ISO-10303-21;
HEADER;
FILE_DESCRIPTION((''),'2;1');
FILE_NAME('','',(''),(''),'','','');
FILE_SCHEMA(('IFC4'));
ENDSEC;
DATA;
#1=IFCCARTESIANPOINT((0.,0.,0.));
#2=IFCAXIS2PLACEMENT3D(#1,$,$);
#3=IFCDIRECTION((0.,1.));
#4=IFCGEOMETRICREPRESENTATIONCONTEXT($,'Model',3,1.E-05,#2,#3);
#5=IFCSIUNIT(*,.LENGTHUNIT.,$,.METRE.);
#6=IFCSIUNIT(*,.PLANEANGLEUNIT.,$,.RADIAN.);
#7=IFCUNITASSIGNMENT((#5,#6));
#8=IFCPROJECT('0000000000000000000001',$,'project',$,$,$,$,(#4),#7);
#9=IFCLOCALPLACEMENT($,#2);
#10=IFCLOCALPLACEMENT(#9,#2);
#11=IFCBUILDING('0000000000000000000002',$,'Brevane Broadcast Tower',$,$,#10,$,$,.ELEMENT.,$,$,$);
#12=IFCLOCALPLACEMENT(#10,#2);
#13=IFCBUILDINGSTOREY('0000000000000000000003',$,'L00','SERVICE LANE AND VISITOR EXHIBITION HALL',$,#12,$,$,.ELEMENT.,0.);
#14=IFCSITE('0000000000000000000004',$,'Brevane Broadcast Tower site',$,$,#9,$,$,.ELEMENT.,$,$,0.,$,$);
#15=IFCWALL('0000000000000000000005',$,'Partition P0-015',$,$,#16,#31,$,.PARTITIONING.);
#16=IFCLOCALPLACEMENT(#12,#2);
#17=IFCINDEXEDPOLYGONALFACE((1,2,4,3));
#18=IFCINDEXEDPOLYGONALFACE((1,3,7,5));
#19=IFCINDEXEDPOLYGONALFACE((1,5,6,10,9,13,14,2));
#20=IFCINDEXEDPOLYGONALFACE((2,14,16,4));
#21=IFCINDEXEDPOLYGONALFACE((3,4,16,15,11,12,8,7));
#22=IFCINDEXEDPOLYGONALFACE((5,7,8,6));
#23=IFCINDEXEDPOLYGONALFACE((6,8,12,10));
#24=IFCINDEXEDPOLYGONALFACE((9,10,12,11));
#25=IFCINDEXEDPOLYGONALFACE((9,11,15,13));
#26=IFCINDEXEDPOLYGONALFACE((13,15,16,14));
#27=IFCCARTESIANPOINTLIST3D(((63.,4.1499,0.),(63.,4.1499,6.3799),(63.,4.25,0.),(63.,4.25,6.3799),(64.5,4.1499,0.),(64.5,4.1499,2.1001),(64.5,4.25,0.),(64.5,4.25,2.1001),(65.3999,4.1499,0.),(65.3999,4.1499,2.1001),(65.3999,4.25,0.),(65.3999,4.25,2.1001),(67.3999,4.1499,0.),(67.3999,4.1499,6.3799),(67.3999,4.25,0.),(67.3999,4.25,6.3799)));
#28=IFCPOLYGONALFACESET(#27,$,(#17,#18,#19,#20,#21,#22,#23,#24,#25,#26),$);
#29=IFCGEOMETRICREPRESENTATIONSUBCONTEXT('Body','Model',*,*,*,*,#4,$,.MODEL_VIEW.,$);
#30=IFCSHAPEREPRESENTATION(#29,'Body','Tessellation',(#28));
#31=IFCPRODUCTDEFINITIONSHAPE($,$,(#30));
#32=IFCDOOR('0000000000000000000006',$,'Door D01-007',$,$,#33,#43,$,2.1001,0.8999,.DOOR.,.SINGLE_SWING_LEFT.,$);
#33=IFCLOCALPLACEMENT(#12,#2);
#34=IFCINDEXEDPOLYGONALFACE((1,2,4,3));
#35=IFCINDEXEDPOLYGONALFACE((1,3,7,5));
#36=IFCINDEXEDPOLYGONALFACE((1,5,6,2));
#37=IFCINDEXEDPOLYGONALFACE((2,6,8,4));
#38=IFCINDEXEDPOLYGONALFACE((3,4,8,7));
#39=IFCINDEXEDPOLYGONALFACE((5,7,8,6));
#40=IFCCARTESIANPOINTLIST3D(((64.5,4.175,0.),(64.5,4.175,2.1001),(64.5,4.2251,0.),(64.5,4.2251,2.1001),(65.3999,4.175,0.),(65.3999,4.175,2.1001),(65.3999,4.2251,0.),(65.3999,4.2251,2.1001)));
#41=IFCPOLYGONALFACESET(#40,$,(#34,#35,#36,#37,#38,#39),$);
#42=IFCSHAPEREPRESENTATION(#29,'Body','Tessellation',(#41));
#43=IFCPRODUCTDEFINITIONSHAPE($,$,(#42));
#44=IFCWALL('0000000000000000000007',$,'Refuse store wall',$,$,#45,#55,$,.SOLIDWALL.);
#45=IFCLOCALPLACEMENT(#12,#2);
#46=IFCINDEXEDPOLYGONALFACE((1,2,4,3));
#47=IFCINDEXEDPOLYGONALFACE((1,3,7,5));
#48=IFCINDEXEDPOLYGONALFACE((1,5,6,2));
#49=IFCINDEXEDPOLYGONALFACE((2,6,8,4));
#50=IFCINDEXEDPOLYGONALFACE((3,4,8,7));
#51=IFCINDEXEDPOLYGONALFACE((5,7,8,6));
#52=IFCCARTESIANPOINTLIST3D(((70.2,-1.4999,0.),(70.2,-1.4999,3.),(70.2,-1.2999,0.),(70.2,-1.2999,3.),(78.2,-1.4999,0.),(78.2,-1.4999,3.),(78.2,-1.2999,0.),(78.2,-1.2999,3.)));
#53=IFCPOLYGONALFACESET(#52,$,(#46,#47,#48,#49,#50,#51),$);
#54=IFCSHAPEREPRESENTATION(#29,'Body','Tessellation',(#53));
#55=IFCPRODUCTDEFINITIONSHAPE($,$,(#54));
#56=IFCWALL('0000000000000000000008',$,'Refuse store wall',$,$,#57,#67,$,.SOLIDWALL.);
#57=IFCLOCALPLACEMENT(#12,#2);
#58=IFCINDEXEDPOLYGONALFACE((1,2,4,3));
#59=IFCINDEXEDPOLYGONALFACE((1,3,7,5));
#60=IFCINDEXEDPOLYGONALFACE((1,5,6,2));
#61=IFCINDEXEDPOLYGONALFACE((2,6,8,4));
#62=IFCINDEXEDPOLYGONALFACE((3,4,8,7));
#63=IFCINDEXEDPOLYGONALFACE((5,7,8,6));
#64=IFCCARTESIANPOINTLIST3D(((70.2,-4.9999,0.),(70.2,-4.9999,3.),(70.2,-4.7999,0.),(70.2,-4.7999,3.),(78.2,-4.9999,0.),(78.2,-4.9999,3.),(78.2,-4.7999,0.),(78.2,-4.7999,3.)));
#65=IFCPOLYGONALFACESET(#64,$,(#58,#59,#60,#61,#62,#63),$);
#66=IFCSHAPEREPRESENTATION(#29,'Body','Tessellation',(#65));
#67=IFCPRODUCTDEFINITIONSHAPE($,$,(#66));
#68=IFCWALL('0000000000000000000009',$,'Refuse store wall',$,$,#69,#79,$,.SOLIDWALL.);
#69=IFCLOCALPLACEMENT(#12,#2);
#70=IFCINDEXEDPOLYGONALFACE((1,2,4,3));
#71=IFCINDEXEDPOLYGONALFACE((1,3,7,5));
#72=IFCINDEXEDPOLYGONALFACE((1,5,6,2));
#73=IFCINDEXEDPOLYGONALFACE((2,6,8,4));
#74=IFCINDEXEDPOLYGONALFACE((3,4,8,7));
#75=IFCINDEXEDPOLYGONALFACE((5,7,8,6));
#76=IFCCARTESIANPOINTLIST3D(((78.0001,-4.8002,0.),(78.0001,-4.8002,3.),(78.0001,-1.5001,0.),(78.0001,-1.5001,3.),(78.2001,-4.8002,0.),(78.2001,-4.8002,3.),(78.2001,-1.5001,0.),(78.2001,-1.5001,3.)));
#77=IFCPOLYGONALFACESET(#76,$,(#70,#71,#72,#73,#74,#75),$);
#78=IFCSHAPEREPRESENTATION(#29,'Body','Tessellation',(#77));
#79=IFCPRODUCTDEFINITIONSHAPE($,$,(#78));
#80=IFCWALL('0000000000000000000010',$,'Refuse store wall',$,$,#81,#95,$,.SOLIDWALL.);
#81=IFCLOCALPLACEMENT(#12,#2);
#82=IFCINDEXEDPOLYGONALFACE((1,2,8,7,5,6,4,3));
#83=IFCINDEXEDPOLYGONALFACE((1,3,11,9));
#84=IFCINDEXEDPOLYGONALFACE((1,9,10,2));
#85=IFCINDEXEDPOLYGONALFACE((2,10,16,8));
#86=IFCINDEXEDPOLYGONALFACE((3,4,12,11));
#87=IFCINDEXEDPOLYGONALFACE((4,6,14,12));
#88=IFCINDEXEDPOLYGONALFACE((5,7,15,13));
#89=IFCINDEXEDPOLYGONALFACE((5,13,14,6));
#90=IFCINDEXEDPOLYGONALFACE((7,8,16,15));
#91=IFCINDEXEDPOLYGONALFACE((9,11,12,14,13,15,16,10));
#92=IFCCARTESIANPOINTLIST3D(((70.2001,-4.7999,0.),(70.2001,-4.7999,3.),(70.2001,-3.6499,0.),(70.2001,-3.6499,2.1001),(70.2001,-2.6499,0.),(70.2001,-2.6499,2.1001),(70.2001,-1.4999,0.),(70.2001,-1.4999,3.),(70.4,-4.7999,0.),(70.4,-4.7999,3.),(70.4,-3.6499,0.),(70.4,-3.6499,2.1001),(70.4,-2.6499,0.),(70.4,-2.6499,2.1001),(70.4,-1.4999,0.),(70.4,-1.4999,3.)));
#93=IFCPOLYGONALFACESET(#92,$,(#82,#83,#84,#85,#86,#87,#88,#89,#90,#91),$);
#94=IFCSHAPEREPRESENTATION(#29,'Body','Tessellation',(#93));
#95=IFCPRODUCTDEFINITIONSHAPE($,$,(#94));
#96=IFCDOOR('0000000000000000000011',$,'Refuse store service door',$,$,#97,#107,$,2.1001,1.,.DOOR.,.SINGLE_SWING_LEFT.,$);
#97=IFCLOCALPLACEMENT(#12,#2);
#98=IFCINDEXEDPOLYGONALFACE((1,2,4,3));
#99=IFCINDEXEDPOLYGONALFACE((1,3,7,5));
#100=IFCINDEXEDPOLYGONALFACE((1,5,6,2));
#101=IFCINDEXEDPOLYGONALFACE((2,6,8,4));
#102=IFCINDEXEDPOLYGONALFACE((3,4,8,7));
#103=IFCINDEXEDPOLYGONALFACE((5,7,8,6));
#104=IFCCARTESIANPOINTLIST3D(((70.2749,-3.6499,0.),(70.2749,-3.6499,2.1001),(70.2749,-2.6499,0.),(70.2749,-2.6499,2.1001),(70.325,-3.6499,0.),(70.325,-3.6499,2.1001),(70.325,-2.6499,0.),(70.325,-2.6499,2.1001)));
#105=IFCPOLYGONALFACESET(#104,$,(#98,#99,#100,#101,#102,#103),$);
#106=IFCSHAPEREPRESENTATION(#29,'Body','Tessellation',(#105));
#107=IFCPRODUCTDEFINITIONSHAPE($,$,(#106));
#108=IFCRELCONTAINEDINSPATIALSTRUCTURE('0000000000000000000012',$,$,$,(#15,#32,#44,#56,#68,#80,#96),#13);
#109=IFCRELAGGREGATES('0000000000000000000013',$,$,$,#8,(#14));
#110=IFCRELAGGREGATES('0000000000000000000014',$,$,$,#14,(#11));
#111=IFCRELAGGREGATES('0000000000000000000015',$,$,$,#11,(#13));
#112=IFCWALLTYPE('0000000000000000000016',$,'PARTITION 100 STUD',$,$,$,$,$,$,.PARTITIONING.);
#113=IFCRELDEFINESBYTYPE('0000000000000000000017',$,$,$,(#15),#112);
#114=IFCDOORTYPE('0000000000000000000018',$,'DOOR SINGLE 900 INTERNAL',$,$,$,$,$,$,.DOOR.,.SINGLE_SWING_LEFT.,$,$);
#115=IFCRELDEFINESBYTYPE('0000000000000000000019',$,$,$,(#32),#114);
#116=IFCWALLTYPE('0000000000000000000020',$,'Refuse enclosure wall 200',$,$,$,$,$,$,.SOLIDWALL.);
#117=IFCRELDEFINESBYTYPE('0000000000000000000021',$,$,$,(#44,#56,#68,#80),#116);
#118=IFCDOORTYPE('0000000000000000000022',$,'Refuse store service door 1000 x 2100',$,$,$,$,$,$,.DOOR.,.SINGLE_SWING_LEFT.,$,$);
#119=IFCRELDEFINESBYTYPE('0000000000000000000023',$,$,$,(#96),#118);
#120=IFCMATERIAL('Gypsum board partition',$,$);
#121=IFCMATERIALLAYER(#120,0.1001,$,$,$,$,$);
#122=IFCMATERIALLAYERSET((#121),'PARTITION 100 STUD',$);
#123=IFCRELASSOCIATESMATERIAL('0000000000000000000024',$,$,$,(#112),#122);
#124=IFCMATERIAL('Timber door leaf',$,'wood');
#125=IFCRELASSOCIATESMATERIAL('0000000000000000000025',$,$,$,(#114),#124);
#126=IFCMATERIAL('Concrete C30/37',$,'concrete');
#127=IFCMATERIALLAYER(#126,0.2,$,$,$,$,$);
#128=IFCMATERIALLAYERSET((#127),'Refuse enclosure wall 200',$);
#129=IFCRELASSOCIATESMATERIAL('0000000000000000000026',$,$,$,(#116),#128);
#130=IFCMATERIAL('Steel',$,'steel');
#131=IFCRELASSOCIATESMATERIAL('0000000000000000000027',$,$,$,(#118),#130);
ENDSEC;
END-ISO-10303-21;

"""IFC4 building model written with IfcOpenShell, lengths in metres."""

from ifc_helpers import new_model, si_unit, direction, frame, frame_2d, origin, place, context, subcontext, project, spatial, rectangle, extrude, material, layer, layer_set, type_object, element, fill, save


model = new_model("IFC4")

# Units and contexts
model_context = context("Model", 3, precision=1e-05, world=origin(), true_north=direction((0.0, 1.0)))
body_context = subcontext(model_context, "Body", "Model", "MODEL_VIEW")
ifc_project = project(units=[si_unit("LENGTHUNIT", "METRE"), si_unit("PLANEANGLEUNIT", "RADIAN")], contexts=[model_context])

# Site, building, storey
site_placement = place(None, origin())
site = spatial("IfcSite", under=ifc_project, at=site_placement, Name="Brevane Broadcast Tower site", CompositionType="ELEMENT", RefElevation=0.0)
building_placement = place(site_placement, origin())
building = spatial("IfcBuilding", under=site, at=building_placement, Name="Brevane Broadcast Tower", CompositionType="ELEMENT")
storey_placement = place(building_placement, origin())
storey = spatial("IfcBuildingStorey", under=building, at=storey_placement, Name="L00", Description="SERVICE LANE AND VISITOR EXHIBITION HALL", CompositionType="ELEMENT", Elevation=0.0)

# Shared definitions
ifc_material_1 = material(Name="Gypsum board partition")
ifc_layer_1 = layer(ifc_material_1, 0.1001)
ifc_layer_set_1 = layer_set([ifc_layer_1], Name="PARTITION 100 STUD")
wall_type_1 = type_object("IfcWallType", Name="PARTITION 100 STUD", PredefinedType="PARTITIONING", material=ifc_layer_set_1)

# Wall, opening, door
wall_1_placement = place(storey_placement, frame((67.3999, 4.2, 0.0), z_axis=(0.0, 0.0, 1.0), x_axis=(-1.0, 0.0, 0.0)))
wall_1 = element("IfcWall", 1, at=wall_1_placement, inside=storey, type_object=wall_type_1, Name="Partition P0-015", PredefinedType="PARTITIONING", context=body_context, shape_type="SweptSolid", body=[
    extrude(rectangle(XDim=4.3999, YDim=0.1001, at=frame_2d((2.2, 0.0))), origin(), (0.0, 0.0, 1.0), 6.3799),
])
opening_1_placement = place(wall_1_placement, frame((2.0, 0.0, 0.0)))
opening_1 = element("IfcOpeningElement", 2, at=opening_1_placement, cuts=wall_1, PredefinedType="OPENING", context=body_context, shape_type="SweptSolid", body=[
    extrude(rectangle(XDim=0.8999, YDim=2.1001, at=frame_2d((0.45, 1.05))), frame((0.0, 0.0601, 0.0), z_axis=(0.0, -1.0, 0.0), x_axis=(1.0, 0.0, 0.0)), (0.0, 0.0, 1.0), 0.1201),
])
ifc_material_2 = material(Name="Timber door leaf", Category="wood")
door_type_1 = type_object("IfcDoorType", Name="DOOR SINGLE 900 INTERNAL", OperationType="SINGLE_SWING_LEFT", PredefinedType="DOOR", material=ifc_material_2)
door_1_placement = place(opening_1_placement, origin())
door_1 = element("IfcDoor", 3, at=door_1_placement, inside=storey, type_object=door_type_1, Name="Door D01-007", OperationType="SINGLE_SWING_LEFT", OverallHeight=2.1001, OverallWidth=0.8999, PredefinedType="DOOR", context=body_context, shape_type="SweptSolid", body=[
    extrude(rectangle(XDim=0.8999, YDim=2.1001, at=frame_2d((0.45, 1.05))), frame((0.0, 0.0249, 0.0), z_axis=(0.0, -1.0, 0.0), x_axis=(1.0, 0.0, 0.0)), (0.0, 0.0, 1.0), 0.05),
])
fill(opening_1, door_1)

# Walls
ifc_material_3 = material(Name="Concrete C30/37", Category="concrete")
ifc_layer_2 = layer(ifc_material_3, 0.2)
ifc_layer_set_2 = layer_set([ifc_layer_2], Name="Refuse enclosure wall 200")
wall_type_2 = type_object("IfcWallType", Name="Refuse enclosure wall 200", PredefinedType="SOLIDWALL", material=ifc_layer_set_2)
for number, where, z_axis, x_axis, name in (
    (4, (70.2, -1.3999, 0.0), (0.0, 0.0, 1.0), (1.0, 0.0, 0.0), "Refuse store wall"),
    (5, (70.2, -4.8999, 0.0), (0.0, 0.0, 1.0), (1.0, 0.0, 0.0), "Refuse store wall"),
):
    element("IfcWall", number, at=place(storey_placement, frame(where, z_axis=z_axis, x_axis=x_axis)), inside=storey, type_object=wall_type_2, Name=name, PredefinedType="SOLIDWALL", context=body_context, shape_type="SweptSolid", body=[
        extrude(rectangle(XDim=8.0, YDim=0.2, at=frame_2d((4.0, 0.0))), origin(), (0.0, 0.0, 1.0), 3.0),
    ])
wall_2_placement = place(storey_placement, frame((78.1001, -4.8, 0.0), z_axis=(0.0, 0.0, 1.0), x_axis=(0.0, 1.0, 0.0)))
element("IfcWall", 6, at=wall_2_placement, inside=storey, type_object=wall_type_2, Name="Refuse store wall", PredefinedType="SOLIDWALL", context=body_context, shape_type="SweptSolid", body=[
    extrude(rectangle(XDim=3.3, YDim=0.2, at=frame_2d((1.6499, 0.0))), origin(), (0.0, 0.0, 1.0), 3.0),
])

# Wall, opening, door
wall_3_placement = place(storey_placement, frame((70.3, -1.5, 0.0), z_axis=(0.0, 0.0, 1.0), x_axis=(0.0, -1.0, 0.0)))
wall_3 = element("IfcWall", 7, at=wall_3_placement, inside=storey, type_object=wall_type_2, Name="Refuse store wall", PredefinedType="SOLIDWALL", context=body_context, shape_type="SweptSolid", body=[
    extrude(rectangle(XDim=3.3, YDim=0.2, at=frame_2d((1.6499, 0.0))), origin(), (0.0, 0.0, 1.0), 3.0),
])
opening_2_placement = place(wall_3_placement, frame((1.1499, 0.0, 0.0)))
opening_2 = element("IfcOpeningElement", 8, at=opening_2_placement, cuts=wall_3, PredefinedType="OPENING", context=body_context, shape_type="SweptSolid", body=[
    extrude(rectangle(XDim=1.0, YDim=2.1001, at=frame_2d((0.5, 1.05))), frame((0.0, 0.1099, 0.0), z_axis=(0.0, -1.0, 0.0), x_axis=(1.0, 0.0, 0.0)), (0.0, 0.0, 1.0), 0.22),
])
ifc_material_4 = material(Name="Steel", Category="steel")
door_type_2 = type_object("IfcDoorType", Name="Refuse store service door 1000 x 2100", OperationType="SINGLE_SWING_LEFT", PredefinedType="DOOR", material=ifc_material_4)
door_2_placement = place(opening_2_placement, origin())
door_2 = element("IfcDoor", 9, at=door_2_placement, inside=storey, type_object=door_type_2, Name="Refuse store service door", OperationType="SINGLE_SWING_LEFT", OverallHeight=2.1001, OverallWidth=1.0, PredefinedType="DOOR", context=body_context, shape_type="SweptSolid", body=[
    extrude(rectangle(XDim=1.0, YDim=2.1001, at=frame_2d((0.5, 1.05))), frame((0.0, 0.0249, 0.0), z_axis=(0.0, -1.0, 0.0), x_axis=(1.0, 0.0, 0.0)), (0.0, 0.0, 1.0), 0.05),
])
fill(opening_2, door_2)

save(model, "model.ifc")
